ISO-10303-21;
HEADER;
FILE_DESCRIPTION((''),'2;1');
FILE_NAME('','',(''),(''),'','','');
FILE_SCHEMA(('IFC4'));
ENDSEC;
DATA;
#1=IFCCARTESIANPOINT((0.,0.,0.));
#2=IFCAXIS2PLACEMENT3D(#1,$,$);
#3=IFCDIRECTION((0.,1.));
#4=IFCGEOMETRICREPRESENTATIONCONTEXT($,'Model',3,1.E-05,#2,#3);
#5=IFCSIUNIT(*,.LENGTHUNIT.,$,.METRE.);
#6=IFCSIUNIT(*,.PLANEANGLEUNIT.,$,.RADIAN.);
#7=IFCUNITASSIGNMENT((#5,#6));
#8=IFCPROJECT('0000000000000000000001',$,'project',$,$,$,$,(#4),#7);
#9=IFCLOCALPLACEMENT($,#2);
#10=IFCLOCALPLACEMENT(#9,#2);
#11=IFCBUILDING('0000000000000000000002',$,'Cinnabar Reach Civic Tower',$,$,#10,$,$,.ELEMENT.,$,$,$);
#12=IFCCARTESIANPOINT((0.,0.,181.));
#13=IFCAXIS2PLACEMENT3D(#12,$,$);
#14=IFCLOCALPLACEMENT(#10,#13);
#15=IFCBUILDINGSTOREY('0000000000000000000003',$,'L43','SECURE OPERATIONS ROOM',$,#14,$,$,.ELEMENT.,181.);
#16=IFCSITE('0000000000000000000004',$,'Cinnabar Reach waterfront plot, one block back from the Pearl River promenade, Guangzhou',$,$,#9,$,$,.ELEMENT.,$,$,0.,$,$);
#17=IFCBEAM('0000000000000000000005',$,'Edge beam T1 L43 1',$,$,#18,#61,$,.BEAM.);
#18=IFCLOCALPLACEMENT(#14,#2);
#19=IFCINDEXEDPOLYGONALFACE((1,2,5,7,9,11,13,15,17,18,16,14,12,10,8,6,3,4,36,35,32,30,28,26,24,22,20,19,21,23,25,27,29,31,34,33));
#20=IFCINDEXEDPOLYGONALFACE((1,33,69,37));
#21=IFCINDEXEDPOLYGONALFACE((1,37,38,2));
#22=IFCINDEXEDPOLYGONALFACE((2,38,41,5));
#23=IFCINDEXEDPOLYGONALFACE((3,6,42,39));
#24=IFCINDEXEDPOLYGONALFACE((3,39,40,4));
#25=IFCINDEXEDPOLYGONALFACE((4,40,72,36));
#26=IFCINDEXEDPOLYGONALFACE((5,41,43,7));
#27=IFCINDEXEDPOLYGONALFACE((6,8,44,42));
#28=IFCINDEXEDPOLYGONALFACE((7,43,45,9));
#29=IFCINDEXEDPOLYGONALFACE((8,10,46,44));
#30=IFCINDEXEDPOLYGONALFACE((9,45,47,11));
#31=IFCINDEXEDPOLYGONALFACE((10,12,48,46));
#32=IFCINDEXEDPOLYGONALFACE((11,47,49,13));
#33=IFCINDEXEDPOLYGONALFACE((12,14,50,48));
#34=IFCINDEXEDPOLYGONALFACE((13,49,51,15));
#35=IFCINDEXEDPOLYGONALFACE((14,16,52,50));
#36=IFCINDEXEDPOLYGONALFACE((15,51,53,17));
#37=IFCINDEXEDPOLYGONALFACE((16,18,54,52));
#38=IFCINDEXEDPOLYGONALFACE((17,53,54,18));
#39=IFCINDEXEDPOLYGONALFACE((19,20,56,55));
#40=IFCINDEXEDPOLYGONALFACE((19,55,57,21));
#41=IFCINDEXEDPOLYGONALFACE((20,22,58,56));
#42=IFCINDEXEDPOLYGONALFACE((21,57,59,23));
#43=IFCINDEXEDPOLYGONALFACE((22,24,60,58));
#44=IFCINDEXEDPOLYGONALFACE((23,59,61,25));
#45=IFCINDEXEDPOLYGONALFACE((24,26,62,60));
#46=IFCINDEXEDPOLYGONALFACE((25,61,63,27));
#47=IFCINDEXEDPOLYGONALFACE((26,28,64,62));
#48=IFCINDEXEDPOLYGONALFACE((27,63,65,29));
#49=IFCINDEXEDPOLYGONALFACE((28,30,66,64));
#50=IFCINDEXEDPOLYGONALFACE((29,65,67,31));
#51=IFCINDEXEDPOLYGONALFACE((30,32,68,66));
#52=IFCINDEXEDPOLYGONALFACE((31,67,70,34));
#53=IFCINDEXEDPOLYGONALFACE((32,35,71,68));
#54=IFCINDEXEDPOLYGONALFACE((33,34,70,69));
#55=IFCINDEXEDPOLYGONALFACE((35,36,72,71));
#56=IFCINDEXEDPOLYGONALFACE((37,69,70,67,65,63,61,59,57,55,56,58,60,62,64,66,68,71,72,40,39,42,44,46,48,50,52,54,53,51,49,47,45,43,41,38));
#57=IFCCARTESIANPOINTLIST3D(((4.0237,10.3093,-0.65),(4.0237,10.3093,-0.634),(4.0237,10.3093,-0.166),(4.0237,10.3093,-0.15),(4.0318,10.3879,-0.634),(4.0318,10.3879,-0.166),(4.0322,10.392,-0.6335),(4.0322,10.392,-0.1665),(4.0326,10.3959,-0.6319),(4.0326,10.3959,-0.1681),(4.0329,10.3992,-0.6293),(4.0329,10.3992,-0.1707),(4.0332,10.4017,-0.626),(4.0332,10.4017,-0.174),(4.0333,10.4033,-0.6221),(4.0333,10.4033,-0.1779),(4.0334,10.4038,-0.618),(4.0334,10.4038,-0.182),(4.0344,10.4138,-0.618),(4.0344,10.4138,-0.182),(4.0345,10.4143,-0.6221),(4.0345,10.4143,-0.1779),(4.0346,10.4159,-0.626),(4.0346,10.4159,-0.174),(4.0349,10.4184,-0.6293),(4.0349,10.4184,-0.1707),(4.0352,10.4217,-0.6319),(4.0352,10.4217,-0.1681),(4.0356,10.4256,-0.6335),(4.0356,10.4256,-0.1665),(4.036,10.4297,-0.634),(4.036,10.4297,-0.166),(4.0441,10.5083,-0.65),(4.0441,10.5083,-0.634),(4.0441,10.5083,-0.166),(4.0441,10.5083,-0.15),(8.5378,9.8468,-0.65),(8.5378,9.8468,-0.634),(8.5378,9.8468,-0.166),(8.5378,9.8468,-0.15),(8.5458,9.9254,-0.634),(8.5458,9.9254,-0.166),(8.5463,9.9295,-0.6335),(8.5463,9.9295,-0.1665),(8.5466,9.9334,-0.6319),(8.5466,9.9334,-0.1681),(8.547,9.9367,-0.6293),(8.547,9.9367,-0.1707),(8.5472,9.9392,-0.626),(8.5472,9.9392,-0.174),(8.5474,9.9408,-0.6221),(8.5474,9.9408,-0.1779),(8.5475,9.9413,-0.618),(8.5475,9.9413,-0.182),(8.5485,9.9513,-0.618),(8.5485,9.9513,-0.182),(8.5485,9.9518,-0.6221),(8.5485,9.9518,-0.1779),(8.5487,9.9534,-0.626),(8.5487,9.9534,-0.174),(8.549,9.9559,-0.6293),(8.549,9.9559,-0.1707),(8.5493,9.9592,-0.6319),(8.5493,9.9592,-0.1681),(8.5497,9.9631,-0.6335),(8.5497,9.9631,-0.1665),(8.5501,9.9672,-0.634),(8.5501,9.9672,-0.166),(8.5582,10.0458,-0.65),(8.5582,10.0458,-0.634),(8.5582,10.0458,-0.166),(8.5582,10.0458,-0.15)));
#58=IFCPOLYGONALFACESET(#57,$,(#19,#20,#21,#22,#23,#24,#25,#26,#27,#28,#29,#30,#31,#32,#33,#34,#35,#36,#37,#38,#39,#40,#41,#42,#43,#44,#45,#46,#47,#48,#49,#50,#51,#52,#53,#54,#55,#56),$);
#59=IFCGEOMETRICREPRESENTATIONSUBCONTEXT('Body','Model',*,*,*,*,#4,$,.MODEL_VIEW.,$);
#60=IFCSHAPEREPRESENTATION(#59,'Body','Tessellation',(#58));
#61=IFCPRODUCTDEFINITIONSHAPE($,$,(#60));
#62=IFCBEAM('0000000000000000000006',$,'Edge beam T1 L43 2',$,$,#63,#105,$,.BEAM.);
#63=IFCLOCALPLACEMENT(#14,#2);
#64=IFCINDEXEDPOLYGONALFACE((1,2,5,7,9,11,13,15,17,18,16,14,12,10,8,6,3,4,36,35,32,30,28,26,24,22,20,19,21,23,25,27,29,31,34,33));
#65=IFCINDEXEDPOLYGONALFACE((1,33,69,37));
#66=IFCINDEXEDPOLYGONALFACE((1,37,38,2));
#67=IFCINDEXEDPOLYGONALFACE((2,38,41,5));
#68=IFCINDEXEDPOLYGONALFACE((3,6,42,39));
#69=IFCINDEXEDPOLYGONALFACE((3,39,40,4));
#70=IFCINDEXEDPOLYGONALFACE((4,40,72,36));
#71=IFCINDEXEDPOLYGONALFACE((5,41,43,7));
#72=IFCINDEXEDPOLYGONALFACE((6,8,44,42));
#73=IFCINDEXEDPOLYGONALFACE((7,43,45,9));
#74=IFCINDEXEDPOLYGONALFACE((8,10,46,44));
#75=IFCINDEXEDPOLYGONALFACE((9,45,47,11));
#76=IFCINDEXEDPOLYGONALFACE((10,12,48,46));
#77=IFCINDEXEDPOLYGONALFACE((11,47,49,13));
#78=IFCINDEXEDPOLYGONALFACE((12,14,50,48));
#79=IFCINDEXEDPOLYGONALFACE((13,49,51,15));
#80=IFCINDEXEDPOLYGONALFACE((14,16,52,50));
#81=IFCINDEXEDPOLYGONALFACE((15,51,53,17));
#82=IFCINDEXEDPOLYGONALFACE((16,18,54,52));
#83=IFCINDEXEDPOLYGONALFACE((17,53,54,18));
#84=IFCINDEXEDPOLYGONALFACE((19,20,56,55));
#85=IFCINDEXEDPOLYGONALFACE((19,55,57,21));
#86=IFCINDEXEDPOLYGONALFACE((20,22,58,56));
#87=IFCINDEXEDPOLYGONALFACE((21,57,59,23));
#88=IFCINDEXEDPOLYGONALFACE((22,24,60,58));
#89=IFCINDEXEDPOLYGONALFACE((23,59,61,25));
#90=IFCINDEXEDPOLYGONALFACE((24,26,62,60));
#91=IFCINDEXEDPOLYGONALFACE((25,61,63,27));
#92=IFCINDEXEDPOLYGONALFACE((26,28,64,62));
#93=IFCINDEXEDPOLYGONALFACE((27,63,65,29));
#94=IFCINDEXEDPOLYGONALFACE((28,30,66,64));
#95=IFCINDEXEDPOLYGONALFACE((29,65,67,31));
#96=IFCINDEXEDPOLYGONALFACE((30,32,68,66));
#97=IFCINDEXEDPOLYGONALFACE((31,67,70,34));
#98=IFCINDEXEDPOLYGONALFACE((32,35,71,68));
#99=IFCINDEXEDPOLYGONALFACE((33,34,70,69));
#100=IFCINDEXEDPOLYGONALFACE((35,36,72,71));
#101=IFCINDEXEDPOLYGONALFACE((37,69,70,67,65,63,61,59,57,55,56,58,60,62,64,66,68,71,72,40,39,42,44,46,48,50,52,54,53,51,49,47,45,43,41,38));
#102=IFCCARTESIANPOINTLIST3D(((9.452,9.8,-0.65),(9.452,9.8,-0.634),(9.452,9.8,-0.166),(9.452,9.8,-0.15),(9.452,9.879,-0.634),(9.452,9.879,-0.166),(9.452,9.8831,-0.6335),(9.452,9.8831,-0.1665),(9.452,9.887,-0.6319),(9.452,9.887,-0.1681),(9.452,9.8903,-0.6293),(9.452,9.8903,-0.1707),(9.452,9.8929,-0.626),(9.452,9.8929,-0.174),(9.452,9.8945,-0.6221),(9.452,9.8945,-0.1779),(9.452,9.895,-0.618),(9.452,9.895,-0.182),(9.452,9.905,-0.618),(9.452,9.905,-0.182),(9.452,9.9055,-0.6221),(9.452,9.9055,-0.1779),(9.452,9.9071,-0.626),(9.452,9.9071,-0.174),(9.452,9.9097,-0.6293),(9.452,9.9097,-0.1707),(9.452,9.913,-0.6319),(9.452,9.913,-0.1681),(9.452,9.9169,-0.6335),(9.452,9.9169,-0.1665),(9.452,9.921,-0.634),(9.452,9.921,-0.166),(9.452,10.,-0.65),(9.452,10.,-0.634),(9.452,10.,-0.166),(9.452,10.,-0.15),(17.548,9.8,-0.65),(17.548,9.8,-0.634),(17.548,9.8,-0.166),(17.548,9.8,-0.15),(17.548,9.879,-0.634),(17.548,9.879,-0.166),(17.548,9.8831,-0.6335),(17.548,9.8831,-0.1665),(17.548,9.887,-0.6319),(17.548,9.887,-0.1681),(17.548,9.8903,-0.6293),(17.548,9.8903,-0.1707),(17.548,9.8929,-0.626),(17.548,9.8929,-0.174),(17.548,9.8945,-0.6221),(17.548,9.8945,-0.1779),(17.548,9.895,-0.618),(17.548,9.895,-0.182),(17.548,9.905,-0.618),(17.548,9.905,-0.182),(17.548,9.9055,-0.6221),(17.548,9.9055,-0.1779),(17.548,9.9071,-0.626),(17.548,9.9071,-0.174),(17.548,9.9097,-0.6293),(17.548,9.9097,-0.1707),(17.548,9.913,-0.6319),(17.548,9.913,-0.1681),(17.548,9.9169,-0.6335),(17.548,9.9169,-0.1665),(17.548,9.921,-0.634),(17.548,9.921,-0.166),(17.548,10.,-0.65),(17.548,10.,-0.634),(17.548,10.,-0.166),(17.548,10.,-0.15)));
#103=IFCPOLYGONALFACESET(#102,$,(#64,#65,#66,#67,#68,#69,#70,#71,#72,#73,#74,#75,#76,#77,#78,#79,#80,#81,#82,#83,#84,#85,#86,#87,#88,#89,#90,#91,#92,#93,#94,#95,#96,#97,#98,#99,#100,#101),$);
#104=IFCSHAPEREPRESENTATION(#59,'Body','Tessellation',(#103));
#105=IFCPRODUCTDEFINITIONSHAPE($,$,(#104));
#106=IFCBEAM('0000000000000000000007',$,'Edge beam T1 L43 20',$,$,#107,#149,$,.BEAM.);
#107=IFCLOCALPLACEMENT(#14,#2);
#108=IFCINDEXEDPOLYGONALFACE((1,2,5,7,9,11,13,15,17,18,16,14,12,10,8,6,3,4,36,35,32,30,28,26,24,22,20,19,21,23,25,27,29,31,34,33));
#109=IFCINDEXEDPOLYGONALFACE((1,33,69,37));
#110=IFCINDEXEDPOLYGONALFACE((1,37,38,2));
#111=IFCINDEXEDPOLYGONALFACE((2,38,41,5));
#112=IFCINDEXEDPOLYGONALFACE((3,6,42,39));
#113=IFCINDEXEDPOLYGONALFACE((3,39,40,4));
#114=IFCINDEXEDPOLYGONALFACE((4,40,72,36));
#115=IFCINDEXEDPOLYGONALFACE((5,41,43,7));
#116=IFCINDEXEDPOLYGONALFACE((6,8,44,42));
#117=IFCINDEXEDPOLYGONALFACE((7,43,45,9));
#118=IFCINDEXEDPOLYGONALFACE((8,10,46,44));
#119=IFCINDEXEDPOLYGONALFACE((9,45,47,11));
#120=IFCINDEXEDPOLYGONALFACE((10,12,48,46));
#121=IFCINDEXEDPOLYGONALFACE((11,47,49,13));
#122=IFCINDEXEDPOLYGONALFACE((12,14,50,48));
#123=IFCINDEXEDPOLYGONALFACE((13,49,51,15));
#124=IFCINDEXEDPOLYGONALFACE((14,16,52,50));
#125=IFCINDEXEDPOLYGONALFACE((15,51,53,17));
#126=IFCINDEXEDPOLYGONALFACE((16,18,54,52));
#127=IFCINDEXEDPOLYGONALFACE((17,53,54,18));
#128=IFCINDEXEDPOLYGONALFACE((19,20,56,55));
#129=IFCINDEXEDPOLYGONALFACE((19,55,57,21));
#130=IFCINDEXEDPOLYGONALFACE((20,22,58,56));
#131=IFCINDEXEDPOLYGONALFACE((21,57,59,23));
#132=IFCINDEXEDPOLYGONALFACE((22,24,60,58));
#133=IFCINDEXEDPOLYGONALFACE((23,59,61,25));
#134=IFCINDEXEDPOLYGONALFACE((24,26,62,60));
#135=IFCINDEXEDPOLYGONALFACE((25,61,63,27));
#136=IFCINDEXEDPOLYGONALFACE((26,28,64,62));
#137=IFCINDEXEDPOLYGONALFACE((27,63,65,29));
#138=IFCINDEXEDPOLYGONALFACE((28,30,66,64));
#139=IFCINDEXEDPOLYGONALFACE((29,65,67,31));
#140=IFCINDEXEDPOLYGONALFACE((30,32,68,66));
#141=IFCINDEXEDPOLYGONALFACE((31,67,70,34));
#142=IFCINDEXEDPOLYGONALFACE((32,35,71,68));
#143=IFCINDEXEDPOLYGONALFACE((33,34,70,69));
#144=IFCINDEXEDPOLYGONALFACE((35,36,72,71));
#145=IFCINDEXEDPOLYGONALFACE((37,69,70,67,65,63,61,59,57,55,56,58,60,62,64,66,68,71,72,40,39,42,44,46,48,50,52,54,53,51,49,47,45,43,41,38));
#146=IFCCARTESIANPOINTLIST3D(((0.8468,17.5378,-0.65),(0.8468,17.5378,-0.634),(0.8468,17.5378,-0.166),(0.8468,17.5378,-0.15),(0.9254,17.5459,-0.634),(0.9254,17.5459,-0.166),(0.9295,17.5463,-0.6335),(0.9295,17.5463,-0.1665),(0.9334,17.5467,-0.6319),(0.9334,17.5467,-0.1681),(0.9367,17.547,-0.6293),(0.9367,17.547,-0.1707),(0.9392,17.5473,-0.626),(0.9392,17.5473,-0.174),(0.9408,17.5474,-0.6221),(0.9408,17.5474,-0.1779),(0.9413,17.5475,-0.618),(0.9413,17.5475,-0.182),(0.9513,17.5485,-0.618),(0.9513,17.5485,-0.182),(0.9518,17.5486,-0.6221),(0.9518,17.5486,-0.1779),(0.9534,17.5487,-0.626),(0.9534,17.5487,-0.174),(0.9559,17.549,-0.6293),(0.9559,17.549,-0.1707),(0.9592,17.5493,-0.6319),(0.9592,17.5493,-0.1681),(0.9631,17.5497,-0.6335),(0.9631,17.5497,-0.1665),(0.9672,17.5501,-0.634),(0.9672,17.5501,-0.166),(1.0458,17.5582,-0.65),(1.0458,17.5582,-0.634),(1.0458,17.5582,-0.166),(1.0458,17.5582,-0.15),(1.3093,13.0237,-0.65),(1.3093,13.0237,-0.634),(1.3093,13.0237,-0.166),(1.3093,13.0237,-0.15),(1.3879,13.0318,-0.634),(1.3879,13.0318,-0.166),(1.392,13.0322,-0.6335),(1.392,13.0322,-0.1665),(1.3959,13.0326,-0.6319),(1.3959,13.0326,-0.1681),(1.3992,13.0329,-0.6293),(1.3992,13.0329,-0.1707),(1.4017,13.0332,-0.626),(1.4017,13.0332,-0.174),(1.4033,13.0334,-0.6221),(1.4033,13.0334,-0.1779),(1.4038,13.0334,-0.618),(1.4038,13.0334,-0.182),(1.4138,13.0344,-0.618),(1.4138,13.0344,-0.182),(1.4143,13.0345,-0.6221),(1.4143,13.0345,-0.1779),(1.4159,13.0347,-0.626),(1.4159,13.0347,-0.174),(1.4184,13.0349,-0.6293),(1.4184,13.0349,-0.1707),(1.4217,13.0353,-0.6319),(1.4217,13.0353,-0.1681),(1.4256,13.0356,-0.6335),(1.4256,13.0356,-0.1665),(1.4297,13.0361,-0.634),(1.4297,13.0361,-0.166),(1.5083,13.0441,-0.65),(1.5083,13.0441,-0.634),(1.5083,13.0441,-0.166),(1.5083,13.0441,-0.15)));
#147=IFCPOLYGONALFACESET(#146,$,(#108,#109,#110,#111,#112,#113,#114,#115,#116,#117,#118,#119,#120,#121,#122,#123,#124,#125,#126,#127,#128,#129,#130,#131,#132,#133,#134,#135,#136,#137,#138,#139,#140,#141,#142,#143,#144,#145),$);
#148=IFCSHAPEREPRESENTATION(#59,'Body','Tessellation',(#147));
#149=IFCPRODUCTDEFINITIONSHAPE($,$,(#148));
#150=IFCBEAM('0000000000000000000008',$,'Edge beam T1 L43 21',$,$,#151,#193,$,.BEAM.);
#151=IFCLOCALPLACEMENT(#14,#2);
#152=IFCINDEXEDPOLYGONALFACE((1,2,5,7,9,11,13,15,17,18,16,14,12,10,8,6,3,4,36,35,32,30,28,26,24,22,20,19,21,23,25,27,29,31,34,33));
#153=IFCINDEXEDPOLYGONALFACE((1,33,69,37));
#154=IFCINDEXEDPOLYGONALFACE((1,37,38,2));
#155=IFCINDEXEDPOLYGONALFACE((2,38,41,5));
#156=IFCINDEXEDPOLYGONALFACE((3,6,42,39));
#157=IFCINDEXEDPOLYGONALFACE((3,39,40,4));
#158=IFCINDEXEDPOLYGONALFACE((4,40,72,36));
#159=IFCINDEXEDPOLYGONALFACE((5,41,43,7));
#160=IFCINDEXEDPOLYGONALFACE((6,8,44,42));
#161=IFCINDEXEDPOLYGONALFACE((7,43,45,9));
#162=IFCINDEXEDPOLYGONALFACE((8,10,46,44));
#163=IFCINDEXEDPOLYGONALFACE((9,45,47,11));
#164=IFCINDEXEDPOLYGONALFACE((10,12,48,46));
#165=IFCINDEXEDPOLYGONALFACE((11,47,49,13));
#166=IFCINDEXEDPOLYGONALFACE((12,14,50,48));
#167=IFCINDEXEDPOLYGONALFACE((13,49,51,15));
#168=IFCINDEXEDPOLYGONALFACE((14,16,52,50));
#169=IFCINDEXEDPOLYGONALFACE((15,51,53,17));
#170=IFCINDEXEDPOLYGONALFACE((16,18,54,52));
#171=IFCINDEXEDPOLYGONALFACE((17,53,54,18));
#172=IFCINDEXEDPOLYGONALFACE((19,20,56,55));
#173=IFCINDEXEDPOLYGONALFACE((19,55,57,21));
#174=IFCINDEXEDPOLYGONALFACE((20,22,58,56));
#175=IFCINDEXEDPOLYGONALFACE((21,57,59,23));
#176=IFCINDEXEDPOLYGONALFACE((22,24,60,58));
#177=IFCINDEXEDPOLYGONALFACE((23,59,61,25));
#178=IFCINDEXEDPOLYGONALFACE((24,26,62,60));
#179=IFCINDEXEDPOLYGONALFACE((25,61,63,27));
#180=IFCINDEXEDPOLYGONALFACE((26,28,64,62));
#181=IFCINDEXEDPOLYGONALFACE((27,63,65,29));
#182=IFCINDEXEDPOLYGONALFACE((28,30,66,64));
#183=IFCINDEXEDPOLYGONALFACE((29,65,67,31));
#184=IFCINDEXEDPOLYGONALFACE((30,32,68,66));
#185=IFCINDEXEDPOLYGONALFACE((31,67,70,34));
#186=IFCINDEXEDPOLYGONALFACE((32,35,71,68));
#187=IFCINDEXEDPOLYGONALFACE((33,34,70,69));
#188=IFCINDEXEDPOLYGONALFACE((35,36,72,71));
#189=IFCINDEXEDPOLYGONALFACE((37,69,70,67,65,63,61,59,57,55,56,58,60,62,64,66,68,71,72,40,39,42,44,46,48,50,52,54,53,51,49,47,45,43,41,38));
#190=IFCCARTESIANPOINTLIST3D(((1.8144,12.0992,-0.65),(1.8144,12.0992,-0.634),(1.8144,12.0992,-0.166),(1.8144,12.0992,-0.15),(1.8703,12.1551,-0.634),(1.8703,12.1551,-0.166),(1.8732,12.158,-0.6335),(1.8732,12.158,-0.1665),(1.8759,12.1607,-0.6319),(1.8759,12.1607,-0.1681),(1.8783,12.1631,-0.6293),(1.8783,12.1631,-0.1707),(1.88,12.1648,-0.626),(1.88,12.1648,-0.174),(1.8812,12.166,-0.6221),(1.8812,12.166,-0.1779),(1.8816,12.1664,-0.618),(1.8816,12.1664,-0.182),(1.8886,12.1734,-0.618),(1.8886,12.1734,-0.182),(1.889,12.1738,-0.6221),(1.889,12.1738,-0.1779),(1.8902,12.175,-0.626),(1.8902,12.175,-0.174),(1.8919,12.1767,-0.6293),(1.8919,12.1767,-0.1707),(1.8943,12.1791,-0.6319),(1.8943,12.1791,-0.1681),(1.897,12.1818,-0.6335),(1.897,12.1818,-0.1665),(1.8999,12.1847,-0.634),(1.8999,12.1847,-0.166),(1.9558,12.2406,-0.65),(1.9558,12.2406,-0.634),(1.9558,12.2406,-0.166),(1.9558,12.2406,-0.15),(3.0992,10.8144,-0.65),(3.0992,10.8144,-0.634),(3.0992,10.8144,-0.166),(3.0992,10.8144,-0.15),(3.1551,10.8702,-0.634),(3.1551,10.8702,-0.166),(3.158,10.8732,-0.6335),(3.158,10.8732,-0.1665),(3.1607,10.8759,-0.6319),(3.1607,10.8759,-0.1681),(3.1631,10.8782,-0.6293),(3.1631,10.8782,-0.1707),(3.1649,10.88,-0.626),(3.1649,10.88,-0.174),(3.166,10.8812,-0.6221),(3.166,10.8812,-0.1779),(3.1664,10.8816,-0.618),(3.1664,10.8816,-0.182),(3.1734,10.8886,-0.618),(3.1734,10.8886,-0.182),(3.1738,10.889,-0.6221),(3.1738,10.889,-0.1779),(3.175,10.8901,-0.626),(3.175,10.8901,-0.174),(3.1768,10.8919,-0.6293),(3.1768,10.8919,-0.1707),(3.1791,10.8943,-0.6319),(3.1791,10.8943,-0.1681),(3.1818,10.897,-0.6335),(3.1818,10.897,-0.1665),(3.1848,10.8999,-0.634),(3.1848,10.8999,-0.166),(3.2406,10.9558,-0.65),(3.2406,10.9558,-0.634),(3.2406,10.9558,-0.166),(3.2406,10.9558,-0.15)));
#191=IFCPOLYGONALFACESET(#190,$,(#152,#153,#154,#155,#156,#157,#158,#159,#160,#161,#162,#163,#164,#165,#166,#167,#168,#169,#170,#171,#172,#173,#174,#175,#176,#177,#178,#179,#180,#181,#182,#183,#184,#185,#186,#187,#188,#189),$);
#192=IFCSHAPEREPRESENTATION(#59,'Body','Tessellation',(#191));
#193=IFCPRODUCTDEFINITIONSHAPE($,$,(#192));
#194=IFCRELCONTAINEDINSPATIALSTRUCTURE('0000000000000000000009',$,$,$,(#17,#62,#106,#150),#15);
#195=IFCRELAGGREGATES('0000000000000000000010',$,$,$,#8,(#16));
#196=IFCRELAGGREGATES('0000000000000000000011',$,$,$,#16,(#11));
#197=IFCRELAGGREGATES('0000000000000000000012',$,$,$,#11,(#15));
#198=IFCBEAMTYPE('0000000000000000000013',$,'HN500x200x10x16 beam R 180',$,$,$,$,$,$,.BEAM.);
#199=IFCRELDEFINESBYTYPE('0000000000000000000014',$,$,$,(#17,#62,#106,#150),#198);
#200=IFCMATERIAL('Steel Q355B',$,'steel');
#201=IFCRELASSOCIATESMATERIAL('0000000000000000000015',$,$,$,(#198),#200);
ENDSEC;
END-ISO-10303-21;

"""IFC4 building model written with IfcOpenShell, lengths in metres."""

from ifc_helpers import new_model, si_unit, direction, frame, origin, origin_2d, place, context, subcontext, project, spatial, i_section, extrude, material, material_profile, profile_set, type_object, element, save


model = new_model("IFC4")

# Units and contexts
model_context = context("Model", 3, precision=1e-05, world=origin(), true_north=direction((0.0, 1.0)))
body_context = subcontext(model_context, "Body", "Model", "MODEL_VIEW")
ifc_project = project(units=[si_unit("LENGTHUNIT", "METRE"), si_unit("PLANEANGLEUNIT", "RADIAN")], contexts=[model_context])

# Site, building, storey
site_placement = place(None, origin())
site = spatial("IfcSite", under=ifc_project, at=site_placement, Name="Cinnabar Reach waterfront plot, one block back from the Pearl River promenade, Guangzhou", CompositionType="ELEMENT", RefElevation=0.0)
building_placement = place(site_placement, origin())
building = spatial("IfcBuilding", under=site, at=building_placement, Name="Cinnabar Reach Civic Tower", CompositionType="ELEMENT")
storey_placement = place(building_placement, frame((0.0, 0.0, 181.0)))
storey = spatial("IfcBuildingStorey", under=building, at=storey_placement, Name="L43", Description="SECURE OPERATIONS ROOM", CompositionType="ELEMENT", Elevation=181.0)

# Beams
ifc_material_1 = material(Name="Steel Q355B", Category="steel")
ifc_material_profile_1 = material_profile(ifc_material_1, i_section(OverallWidth=0.2, OverallDepth=0.5, WebThickness=0.01, FlangeThickness=0.016, FilletRadius=0.016, at=origin_2d()), Name="HN500x200x10x16")
ifc_profile_set_1 = profile_set([ifc_material_profile_1], Name="Steel Q355B")
beam_type_1 = type_object("IfcBeamType", Name="HN500x200x10x16 beam R 180", PredefinedType="BEAM", material=ifc_profile_set_1)
beam_1_placement = place(storey_placement, frame((4.0339, 10.4088, -0.4), z_axis=(0.994792, -0.101923, 0.0), x_axis=(0.101923, 0.994792, 0.0)))
element("IfcBeam", 1, at=beam_1_placement, inside=storey, type_object=beam_type_1, Name="Edge beam T1 L43 1", PredefinedType="BEAM", context=body_context, shape_type="SweptSolid", body=[
    extrude(i_section(OverallWidth=0.2, OverallDepth=0.5, WebThickness=0.01, FlangeThickness=0.016, FilletRadius=0.016, at=origin_2d()), origin(), (0.0, 0.0, 1.0), 4.5377),
])
beam_2_placement = place(storey_placement, frame((9.452, 9.9, -0.4), z_axis=(1.0, 0.0, 0.0), x_axis=(0.0, 1.0, 0.0)))
element("IfcBeam", 2, at=beam_2_placement, inside=storey, type_object=beam_type_1, Name="Edge beam T1 L43 2", PredefinedType="BEAM", context=body_context, shape_type="SweptSolid", body=[
    extrude(i_section(OverallWidth=0.2, OverallDepth=0.5, WebThickness=0.01, FlangeThickness=0.016, FilletRadius=0.016, at=origin_2d()), origin(), (0.0, 0.0, 1.0), 8.096),
])
beam_3_placement = place(storey_placement, frame((0.9463, 17.548, -0.4), z_axis=(0.101923, -0.994792, 0.0), x_axis=(0.994792, 0.101923, 0.0)))
element("IfcBeam", 3, at=beam_3_placement, inside=storey, type_object=beam_type_1, Name="Edge beam T1 L43 20", PredefinedType="BEAM", context=body_context, shape_type="SweptSolid", body=[
    extrude(i_section(OverallWidth=0.2, OverallDepth=0.5, WebThickness=0.01, FlangeThickness=0.016, FilletRadius=0.016, at=origin_2d()), origin(), (0.0, 0.0, 1.0), 4.5377),
])
beam_4_placement = place(storey_placement, frame((1.8851, 12.1699, -0.4), z_axis=(0.707107, -0.707107, 0.0), x_axis=(0.707107, 0.707107, 0.0)))
element("IfcBeam", 4, at=beam_4_placement, inside=storey, type_object=beam_type_1, Name="Edge beam T1 L43 21", PredefinedType="BEAM", context=body_context, shape_type="SweptSolid", body=[
    extrude(i_section(OverallWidth=0.2, OverallDepth=0.5, WebThickness=0.01, FlangeThickness=0.016, FilletRadius=0.016, at=origin_2d()), origin(), (0.0, 0.0, 1.0), 1.817),
])

save(model, "model.ifc")
